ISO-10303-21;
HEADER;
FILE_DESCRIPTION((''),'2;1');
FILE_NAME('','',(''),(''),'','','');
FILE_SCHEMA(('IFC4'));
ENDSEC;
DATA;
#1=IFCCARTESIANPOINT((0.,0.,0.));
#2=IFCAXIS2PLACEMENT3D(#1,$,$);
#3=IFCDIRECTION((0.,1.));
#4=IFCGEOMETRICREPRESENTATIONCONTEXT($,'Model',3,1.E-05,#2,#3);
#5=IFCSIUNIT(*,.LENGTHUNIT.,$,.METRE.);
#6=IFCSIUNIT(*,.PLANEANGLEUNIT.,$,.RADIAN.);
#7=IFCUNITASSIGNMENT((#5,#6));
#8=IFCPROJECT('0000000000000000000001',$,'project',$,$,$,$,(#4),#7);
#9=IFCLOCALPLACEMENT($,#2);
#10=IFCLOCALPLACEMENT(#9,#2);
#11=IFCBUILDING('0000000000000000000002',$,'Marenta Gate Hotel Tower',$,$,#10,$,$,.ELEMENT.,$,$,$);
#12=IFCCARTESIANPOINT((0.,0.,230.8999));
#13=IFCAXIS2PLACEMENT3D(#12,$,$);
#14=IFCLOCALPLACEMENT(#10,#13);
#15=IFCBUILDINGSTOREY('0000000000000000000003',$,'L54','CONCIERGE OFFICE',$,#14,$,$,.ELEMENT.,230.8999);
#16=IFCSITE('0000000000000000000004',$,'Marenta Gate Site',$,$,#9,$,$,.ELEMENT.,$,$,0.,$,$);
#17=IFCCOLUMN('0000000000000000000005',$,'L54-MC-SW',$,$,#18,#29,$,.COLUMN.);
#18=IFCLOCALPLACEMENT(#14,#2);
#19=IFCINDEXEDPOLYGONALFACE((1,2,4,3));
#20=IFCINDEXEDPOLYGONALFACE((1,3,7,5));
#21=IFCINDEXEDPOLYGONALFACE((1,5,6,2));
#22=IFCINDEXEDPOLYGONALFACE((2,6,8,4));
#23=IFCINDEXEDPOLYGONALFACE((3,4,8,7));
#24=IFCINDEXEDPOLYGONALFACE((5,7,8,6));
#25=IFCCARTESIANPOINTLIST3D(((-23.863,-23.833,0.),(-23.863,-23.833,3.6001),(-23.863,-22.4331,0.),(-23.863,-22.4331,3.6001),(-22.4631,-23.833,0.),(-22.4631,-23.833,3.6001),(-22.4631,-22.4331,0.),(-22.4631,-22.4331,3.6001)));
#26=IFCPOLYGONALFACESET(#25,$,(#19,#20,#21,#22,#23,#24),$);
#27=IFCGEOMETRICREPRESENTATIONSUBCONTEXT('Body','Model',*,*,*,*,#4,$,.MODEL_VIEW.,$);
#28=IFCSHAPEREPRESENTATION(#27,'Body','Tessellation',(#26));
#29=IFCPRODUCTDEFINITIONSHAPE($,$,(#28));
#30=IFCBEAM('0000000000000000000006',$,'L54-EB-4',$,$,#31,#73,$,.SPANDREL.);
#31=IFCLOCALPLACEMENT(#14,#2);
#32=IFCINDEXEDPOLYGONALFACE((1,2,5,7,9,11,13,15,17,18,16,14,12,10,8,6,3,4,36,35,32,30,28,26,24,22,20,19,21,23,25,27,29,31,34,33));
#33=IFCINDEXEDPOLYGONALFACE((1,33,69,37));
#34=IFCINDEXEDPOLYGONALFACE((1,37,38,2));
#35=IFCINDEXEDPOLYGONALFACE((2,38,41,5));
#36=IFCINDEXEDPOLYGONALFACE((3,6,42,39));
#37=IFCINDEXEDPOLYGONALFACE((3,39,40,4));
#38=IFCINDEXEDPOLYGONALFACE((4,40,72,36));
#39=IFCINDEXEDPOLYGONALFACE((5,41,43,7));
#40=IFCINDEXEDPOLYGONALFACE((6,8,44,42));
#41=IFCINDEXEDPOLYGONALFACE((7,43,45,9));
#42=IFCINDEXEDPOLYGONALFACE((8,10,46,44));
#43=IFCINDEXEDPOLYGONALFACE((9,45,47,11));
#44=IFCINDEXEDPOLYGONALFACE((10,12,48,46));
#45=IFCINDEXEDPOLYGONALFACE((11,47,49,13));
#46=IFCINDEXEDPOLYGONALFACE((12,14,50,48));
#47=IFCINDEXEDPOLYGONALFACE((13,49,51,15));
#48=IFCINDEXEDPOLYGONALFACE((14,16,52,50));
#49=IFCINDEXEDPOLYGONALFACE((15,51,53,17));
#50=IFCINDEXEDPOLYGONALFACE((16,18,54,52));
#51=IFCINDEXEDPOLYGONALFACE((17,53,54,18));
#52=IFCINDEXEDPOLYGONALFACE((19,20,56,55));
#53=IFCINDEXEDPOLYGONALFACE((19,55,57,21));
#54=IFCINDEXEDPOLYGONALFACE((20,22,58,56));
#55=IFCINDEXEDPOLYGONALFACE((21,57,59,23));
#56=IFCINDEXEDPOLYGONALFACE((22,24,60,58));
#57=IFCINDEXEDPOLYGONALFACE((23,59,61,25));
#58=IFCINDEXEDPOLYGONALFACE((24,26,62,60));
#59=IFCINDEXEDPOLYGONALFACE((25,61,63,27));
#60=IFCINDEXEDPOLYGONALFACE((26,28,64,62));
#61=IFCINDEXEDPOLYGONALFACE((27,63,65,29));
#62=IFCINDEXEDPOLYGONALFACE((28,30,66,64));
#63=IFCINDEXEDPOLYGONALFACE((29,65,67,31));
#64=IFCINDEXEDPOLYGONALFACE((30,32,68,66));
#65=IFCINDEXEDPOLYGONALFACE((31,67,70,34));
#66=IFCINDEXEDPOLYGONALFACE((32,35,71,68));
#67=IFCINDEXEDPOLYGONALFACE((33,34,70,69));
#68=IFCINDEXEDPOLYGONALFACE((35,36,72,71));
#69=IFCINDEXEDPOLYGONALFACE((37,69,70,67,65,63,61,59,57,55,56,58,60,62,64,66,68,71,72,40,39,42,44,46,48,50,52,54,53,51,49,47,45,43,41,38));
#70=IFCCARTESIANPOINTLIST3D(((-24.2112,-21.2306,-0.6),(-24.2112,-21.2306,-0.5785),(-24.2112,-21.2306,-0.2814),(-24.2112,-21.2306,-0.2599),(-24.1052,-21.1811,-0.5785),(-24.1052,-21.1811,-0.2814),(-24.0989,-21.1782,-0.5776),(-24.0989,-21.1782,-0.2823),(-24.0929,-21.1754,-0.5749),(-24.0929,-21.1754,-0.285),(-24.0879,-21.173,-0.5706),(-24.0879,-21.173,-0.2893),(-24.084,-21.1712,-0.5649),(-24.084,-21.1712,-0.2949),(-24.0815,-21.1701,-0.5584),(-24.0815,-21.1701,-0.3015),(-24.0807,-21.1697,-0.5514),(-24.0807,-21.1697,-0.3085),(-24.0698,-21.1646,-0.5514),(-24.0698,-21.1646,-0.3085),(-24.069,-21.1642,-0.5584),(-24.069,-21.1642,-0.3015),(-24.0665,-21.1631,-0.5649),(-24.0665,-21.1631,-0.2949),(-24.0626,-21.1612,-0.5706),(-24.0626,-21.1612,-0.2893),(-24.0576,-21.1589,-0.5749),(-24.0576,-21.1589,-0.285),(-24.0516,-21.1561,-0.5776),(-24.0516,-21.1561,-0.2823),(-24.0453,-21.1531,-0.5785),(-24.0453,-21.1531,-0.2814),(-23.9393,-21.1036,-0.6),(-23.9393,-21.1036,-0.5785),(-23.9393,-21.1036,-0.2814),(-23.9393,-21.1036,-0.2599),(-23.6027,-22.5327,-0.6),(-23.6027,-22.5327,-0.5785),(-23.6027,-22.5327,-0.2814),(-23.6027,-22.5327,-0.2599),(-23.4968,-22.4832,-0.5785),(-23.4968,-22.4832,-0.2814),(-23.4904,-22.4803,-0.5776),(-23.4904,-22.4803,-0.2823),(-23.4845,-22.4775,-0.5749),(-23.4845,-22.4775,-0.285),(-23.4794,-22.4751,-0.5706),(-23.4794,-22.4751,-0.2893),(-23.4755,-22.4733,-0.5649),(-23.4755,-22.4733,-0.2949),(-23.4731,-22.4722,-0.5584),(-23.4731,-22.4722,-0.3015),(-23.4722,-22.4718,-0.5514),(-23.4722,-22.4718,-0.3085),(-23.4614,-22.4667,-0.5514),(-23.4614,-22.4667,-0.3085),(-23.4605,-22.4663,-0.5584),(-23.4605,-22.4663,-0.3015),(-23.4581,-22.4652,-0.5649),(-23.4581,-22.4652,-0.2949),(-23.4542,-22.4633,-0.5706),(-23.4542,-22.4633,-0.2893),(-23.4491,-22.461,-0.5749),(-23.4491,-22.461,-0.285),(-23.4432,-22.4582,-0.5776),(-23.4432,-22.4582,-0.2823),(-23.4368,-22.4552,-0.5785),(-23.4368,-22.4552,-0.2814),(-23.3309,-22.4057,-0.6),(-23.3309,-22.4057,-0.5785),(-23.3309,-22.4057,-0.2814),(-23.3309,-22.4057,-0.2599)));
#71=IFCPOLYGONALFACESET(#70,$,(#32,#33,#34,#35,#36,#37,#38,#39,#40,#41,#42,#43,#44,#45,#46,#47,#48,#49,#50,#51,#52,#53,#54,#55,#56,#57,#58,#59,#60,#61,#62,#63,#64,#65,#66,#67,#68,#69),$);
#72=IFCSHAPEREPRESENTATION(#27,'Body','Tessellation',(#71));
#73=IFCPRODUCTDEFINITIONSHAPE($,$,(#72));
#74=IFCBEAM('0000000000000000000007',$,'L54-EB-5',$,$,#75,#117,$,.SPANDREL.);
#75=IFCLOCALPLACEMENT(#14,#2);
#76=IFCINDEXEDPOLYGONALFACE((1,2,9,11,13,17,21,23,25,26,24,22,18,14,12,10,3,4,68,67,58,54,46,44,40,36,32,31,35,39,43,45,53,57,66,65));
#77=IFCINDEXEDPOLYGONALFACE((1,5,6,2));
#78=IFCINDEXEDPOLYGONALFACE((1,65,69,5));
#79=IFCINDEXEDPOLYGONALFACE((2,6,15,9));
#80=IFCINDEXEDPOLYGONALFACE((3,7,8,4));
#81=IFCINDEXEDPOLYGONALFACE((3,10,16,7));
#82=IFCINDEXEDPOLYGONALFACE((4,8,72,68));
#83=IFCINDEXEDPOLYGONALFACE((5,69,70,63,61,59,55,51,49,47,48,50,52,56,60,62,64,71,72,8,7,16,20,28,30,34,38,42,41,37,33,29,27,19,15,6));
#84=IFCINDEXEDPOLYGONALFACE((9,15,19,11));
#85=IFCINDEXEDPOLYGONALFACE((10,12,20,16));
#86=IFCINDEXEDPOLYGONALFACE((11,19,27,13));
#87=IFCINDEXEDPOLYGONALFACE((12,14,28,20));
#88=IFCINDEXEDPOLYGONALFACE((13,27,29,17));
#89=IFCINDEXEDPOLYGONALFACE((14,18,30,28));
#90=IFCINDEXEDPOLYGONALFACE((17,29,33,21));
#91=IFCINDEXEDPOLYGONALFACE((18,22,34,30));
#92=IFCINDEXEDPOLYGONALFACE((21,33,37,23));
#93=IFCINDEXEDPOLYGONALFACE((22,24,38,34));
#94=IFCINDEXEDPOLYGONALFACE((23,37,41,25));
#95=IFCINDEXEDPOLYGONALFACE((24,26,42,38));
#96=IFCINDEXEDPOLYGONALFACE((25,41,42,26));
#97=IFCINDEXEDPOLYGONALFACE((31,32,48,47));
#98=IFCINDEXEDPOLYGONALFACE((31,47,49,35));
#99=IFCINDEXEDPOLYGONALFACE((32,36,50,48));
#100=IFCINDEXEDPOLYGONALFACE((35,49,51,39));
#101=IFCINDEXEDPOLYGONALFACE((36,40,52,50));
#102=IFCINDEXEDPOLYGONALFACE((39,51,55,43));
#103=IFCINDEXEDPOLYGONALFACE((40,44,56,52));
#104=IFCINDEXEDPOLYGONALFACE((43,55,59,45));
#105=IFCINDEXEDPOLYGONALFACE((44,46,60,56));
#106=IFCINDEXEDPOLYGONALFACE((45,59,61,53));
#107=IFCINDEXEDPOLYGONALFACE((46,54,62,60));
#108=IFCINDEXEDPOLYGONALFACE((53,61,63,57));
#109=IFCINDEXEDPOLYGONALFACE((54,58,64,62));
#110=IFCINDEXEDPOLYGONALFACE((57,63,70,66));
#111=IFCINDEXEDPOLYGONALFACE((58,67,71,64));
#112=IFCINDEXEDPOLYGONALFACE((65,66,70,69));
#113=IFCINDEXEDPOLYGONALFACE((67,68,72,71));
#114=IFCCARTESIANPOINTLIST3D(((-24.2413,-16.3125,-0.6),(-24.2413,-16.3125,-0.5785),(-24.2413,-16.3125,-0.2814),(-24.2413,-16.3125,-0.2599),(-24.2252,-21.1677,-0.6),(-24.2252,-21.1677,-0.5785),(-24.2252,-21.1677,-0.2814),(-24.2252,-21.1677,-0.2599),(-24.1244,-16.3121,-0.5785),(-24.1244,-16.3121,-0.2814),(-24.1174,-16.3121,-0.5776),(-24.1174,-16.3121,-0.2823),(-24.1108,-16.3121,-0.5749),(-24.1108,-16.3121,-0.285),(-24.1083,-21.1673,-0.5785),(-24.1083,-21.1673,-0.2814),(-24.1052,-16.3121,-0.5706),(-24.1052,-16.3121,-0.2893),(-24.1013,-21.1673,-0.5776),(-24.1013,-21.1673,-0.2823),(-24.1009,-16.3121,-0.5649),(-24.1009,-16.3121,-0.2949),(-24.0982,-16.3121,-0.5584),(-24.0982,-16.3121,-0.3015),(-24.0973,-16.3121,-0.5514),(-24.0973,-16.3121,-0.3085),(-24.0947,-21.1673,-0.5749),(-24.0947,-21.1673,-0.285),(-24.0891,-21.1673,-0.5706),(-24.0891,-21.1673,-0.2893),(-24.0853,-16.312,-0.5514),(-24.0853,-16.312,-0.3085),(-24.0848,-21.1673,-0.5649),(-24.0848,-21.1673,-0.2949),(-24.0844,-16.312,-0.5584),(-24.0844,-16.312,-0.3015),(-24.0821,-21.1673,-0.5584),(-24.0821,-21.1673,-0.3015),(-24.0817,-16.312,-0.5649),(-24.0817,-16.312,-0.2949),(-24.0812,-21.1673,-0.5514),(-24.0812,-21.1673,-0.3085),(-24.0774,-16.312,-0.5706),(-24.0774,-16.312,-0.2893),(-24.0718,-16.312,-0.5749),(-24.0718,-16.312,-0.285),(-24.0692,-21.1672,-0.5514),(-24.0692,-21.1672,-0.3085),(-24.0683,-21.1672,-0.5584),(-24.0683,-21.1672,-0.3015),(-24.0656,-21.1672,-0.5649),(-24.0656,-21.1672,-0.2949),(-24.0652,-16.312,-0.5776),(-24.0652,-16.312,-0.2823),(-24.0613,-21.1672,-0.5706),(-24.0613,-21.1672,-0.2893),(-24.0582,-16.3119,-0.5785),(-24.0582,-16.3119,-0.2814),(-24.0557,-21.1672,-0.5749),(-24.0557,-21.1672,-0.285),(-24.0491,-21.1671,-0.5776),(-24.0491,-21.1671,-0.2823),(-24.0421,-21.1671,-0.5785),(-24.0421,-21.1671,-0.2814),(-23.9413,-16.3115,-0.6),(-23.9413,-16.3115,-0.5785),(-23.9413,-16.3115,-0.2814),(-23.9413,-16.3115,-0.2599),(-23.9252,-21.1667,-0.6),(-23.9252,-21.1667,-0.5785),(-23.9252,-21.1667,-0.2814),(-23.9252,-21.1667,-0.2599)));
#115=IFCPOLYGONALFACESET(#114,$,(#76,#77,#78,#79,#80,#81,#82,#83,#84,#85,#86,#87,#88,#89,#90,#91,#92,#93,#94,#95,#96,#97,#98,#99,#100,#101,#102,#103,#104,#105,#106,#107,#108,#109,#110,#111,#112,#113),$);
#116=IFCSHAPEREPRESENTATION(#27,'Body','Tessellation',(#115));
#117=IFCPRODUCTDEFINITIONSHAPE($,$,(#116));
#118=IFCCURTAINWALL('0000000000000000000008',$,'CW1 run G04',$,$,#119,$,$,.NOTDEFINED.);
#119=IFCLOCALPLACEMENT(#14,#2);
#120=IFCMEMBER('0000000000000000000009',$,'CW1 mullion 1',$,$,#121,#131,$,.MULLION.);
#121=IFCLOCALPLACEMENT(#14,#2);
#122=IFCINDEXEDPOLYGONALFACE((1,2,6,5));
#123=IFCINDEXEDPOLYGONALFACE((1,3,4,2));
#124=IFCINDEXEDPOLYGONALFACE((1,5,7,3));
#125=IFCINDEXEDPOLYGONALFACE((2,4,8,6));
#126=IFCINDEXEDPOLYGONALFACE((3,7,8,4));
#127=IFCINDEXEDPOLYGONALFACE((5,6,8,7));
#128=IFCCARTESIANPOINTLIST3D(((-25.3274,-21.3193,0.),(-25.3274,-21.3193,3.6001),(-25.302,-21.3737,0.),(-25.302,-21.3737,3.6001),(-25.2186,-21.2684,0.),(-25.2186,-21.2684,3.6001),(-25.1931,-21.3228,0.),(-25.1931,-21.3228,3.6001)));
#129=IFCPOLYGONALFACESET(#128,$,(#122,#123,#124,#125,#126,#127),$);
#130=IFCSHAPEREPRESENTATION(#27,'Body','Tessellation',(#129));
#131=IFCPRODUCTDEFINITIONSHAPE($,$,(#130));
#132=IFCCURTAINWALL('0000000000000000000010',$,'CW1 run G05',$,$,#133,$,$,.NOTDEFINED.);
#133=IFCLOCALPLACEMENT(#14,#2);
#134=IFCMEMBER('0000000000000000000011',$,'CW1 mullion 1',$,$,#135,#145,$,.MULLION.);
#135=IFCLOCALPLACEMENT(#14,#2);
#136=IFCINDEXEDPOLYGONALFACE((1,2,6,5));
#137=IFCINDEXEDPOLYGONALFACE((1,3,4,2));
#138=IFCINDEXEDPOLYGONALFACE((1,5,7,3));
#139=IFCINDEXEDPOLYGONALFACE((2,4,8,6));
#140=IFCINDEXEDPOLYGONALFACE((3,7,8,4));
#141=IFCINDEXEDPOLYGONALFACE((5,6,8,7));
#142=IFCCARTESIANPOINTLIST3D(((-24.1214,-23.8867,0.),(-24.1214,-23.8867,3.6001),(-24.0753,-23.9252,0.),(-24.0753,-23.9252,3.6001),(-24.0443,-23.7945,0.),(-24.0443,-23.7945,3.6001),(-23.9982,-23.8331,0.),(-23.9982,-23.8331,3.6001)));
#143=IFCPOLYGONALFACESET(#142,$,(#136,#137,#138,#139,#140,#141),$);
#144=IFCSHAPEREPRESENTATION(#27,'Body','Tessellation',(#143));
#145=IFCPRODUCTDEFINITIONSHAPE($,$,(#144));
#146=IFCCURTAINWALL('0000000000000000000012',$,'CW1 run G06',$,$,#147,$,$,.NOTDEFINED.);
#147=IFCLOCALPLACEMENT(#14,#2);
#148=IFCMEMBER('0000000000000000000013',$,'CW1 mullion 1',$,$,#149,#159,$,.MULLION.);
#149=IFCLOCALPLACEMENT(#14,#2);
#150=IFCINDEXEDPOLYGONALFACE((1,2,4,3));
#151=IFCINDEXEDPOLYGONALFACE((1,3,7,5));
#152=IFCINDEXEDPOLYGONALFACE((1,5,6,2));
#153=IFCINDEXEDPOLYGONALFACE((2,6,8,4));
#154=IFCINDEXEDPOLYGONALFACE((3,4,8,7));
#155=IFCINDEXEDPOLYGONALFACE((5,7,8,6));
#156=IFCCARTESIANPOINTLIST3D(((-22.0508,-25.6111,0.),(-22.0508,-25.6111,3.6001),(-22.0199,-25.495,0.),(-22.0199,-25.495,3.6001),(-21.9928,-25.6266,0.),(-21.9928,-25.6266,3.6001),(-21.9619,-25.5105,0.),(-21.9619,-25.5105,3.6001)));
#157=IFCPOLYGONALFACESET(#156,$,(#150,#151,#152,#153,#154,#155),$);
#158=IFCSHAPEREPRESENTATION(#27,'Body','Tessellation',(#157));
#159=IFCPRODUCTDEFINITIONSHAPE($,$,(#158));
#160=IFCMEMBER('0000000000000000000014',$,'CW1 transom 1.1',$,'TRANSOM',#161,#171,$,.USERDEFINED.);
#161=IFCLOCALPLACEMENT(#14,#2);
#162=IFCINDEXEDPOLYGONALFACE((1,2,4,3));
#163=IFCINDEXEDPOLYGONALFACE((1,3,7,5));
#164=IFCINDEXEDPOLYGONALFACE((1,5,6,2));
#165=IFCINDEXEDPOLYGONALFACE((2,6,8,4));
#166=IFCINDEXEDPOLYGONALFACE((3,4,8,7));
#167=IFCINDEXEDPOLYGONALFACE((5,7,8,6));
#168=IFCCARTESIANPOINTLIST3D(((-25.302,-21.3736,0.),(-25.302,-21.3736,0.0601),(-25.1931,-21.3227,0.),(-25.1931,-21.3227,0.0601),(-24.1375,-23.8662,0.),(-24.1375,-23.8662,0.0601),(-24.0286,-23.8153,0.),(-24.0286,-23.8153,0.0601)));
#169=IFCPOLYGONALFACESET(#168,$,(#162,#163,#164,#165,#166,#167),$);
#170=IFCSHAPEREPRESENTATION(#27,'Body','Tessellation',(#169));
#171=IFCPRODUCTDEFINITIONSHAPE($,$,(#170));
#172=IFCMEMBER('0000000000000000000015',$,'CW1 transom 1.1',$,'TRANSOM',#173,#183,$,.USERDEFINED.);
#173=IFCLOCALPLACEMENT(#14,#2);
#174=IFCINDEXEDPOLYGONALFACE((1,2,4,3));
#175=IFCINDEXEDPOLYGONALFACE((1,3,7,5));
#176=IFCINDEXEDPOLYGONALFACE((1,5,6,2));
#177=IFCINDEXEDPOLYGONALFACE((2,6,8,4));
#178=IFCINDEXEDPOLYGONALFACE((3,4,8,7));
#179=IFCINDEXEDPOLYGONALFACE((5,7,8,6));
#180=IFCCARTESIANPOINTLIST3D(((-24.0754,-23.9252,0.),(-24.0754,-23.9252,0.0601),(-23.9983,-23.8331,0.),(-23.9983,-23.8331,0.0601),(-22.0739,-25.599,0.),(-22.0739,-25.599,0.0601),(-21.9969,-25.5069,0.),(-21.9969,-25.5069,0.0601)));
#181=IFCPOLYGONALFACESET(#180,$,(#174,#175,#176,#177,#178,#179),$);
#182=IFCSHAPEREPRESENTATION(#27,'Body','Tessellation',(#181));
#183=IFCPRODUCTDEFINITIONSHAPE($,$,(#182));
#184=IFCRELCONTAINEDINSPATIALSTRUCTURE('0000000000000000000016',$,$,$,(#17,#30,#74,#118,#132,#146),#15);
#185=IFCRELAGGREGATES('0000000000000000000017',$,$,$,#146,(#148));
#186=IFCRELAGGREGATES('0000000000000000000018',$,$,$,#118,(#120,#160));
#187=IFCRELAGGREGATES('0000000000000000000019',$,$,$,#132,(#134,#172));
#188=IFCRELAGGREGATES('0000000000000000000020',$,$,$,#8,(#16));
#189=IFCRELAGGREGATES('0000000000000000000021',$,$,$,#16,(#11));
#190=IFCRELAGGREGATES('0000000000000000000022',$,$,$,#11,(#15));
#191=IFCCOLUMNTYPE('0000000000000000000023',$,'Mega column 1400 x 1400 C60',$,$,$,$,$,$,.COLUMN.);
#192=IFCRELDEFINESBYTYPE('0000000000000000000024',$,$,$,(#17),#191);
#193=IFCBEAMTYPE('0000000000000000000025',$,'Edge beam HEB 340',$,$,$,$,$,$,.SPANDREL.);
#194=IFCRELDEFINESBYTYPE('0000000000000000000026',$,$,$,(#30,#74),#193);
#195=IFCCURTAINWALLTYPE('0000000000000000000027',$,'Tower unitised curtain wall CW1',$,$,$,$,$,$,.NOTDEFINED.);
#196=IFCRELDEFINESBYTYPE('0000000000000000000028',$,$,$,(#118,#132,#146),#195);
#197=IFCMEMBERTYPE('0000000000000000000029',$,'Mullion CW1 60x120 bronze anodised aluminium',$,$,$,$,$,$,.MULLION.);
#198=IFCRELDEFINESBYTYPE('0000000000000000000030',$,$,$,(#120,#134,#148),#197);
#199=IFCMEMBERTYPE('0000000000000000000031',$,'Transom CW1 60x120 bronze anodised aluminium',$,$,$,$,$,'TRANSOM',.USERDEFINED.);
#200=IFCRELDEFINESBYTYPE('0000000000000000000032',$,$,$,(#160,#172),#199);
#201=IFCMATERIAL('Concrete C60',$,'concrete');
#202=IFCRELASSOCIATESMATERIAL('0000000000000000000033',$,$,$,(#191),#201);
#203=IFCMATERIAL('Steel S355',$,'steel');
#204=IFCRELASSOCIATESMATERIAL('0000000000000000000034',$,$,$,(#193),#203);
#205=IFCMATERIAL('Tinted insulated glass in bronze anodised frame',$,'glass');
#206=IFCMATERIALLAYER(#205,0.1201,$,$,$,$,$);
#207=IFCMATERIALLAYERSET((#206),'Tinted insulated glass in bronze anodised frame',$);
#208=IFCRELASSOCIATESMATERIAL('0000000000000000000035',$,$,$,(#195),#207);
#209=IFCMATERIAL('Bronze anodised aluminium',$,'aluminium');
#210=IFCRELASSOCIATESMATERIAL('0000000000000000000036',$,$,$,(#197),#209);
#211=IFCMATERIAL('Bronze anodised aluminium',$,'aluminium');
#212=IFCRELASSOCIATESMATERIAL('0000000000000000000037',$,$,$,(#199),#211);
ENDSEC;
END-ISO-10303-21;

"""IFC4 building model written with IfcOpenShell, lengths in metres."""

from ifc_helpers import new_model, si_unit, direction, frame, origin, origin_2d, place, context, subcontext, project, spatial, rectangle, i_section, extrude, material, layer, layer_set, material_profile, profile_set, type_object, element, aggregate, save


model = new_model("IFC4")

# Units and contexts
model_context = context("Model", 3, precision=1e-05, world=origin(), true_north=direction((0.0, 1.0)))
body_context = subcontext(model_context, "Body", "Model", "MODEL_VIEW")
ifc_project = project(units=[si_unit("LENGTHUNIT", "METRE"), si_unit("PLANEANGLEUNIT", "RADIAN")], contexts=[model_context])

# Site, building, storey
site_placement = place(None, origin())
site = spatial("IfcSite", under=ifc_project, at=site_placement, Name="Marenta Gate Site", CompositionType="ELEMENT", RefElevation=0.0)
building_placement = place(site_placement, origin())
building = spatial("IfcBuilding", under=site, at=building_placement, Name="Marenta Gate Hotel Tower", CompositionType="ELEMENT")
storey_placement = place(building_placement, frame((0.0, 0.0, 230.8999)))
storey = spatial("IfcBuildingStorey", under=building, at=storey_placement, Name="L54", Description="CONCIERGE OFFICE", CompositionType="ELEMENT", Elevation=230.8999)

# Column
ifc_material_1 = material(Name="Concrete C60", Category="concrete")
ifc_material_profile_1 = material_profile(ifc_material_1, rectangle(XDim=1.3999, YDim=1.3999, at=origin_2d()), Name="1400 x 1400")
ifc_profile_set_1 = profile_set([ifc_material_profile_1], Name="Concrete C60")
column_type = type_object("IfcColumnType", Name="Mega column 1400 x 1400 C60", PredefinedType="COLUMN", material=ifc_profile_set_1)
column_placement = place(storey_placement, frame((-23.1631, -23.1331, 0.0), z_axis=(0.0, 0.0, 1.0), x_axis=(1.0, 0.0, 0.0)))
element("IfcColumn", 1, at=column_placement, inside=storey, type_object=column_type, Name="L54-MC-SW", PredefinedType="COLUMN", context=body_context, shape_type="SweptSolid", body=[
    extrude(rectangle(XDim=1.3999, YDim=1.3999, at=origin_2d()), origin(), (0.0, 0.0, 1.0), 3.6001),
])

# Beams
ifc_material_2 = material(Name="Steel S355", Category="steel")
ifc_material_profile_2 = material_profile(ifc_material_2, i_section(OverallWidth=0.3, OverallDepth=0.3401, WebThickness=0.012, FlangeThickness=0.0215, FilletRadius=0.0271, at=origin_2d()), Name="HEB 340")
ifc_profile_set_2 = profile_set([ifc_material_profile_2], Name="Steel S355")
beam_type = type_object("IfcBeamType", Name="Edge beam HEB 340", PredefinedType="SPANDREL", material=ifc_profile_set_2)
beam_1_placement = place(storey_placement, frame((-23.4668, -22.4692, -0.4299), z_axis=(-0.423341, 0.90597, 0.0), x_axis=(-0.90597, -0.423341, 0.0)))
element("IfcBeam", 2, at=beam_1_placement, inside=storey, type_object=beam_type, Name="L54-EB-4", PredefinedType="SPANDREL", context=body_context, shape_type="SweptSolid", body=[
    extrude(i_section(OverallWidth=0.3, OverallDepth=0.3401, WebThickness=0.012, FlangeThickness=0.0215, FilletRadius=0.0271, at=origin_2d()), origin(), (0.0, 0.0, 1.0), 1.4373),
])
beam_2_placement = place(storey_placement, frame((-24.0752, -21.1672, -0.4299), z_axis=(-0.003319, 0.999994, 0.0), x_axis=(-0.999994, -0.003319, 0.0)))
element("IfcBeam", 3, at=beam_2_placement, inside=storey, type_object=beam_type, Name="L54-EB-5", PredefinedType="SPANDREL", context=body_context, shape_type="SweptSolid", body=[
    extrude(i_section(OverallWidth=0.3, OverallDepth=0.3401, WebThickness=0.012, FlangeThickness=0.0215, FilletRadius=0.0271, at=origin_2d()), origin(), (0.0, 0.0, 1.0), 4.8552),
])

# Curtain walls, members
ifc_material_3 = material(Name="Tinted insulated glass in bronze anodised frame", Category="glass")
ifc_layer_1 = layer(ifc_material_3, 0.1201)
ifc_layer_set_1 = layer_set([ifc_layer_1], Name="Tinted insulated glass in bronze anodised frame")
curtain_wall_type = type_object("IfcCurtainWallType", Name="Tower unitised curtain wall CW1", PredefinedType="NOTDEFINED", material=ifc_layer_set_1)
curtain_wall_1_placement = place(storey_placement, origin())
curtain_wall_1 = element("IfcCurtainWall", 4, at=curtain_wall_1_placement, inside=storey, type_object=curtain_wall_type, Name="CW1 run G04", PredefinedType="NOTDEFINED")
ifc_material_4 = material(Name="Bronze anodised aluminium", Category="aluminium")
ifc_material_profile_3 = material_profile(ifc_material_4, rectangle(XDim=0.1201, YDim=0.0601, at=origin_2d()), Name="Mullion CW1 60x120 bronze anodised aluminium")
ifc_profile_set_3 = profile_set([ifc_material_profile_3], Name="Bronze anodised aluminium")
member_type_1 = type_object("IfcMemberType", Name="Mullion CW1 60x120 bronze anodised aluminium", PredefinedType="MULLION", material=ifc_profile_set_3)
member_1_placement = place(storey_placement, frame((-25.2603, -21.321, 0.0), z_axis=(0.0, 0.0, 1.0), x_axis=(0.905972, 0.423337, 0.0)))
member_1 = element("IfcMember", 5, at=member_1_placement, type_object=member_type_1, Name="CW1 mullion 1", PredefinedType="MULLION", context=body_context, shape_type="SweptSolid", body=[
    extrude(rectangle(XDim=0.1201, YDim=0.0601, at=origin_2d()), origin(), (0.0, 0.0, 1.0), 3.6001),
])
curtain_wall_2_placement = place(storey_placement, origin())
curtain_wall_2 = element("IfcCurtainWall", 6, at=curtain_wall_2_placement, inside=storey, type_object=curtain_wall_type, Name="CW1 run G05", PredefinedType="NOTDEFINED")
member_2_placement = place(storey_placement, frame((-24.0598, -23.8599, 0.0), z_axis=(0.0, 0.0, 1.0), x_axis=(0.641525, 0.767102, 0.0)))
member_2 = element("IfcMember", 7, at=member_2_placement, type_object=member_type_1, Name="CW1 mullion 1", PredefinedType="MULLION", context=body_context, shape_type="SweptSolid", body=[
    extrude(rectangle(XDim=0.1201, YDim=0.0601, at=origin_2d()), origin(), (0.0, 0.0, 1.0), 3.6001),
])
curtain_wall_3_placement = place(storey_placement, origin())
curtain_wall_3 = element("IfcCurtainWall", 8, at=curtain_wall_3_placement, inside=storey, type_object=curtain_wall_type, Name="CW1 run G06", PredefinedType="NOTDEFINED")
member_3_placement = place(storey_placement, frame((-22.0063, -25.5608, 0.0), z_axis=(0.0, 0.0, 1.0), x_axis=(0.257139, 0.966374, 0.0)))
member_3 = element("IfcMember", 9, at=member_3_placement, type_object=member_type_1, Name="CW1 mullion 1", PredefinedType="MULLION", context=body_context, shape_type="SweptSolid", body=[
    extrude(rectangle(XDim=0.1201, YDim=0.0601, at=origin_2d()), origin(), (0.0, 0.0, 1.0), 3.6001),
])
aggregate(curtain_wall_3, [member_3])

# Members
ifc_material_5 = material(Name="Bronze anodised aluminium", Category="aluminium")
ifc_material_profile_4 = material_profile(ifc_material_5, rectangle(XDim=0.1201, YDim=0.0601, at=origin_2d()), Name="Transom CW1 60x120 bronze anodised aluminium")
ifc_profile_set_4 = profile_set([ifc_material_profile_4], Name="Bronze anodised aluminium")
member_type_2 = type_object("IfcMemberType", Name="Transom CW1 60x120 bronze anodised aluminium", ElementType="TRANSOM", PredefinedType="USERDEFINED", material=ifc_profile_set_4)
member_4_placement = place(storey_placement, frame((-25.2476, -21.3481, 0.03), z_axis=(0.423274, -0.906002, 0.0), x_axis=(0.906002, 0.423274, 0.0)))
member_4 = element("IfcMember", 10, at=member_4_placement, type_object=member_type_2, Name="CW1 transom 1.1", ObjectType="TRANSOM", PredefinedType="USERDEFINED", context=body_context, shape_type="SweptSolid", body=[
    extrude(rectangle(XDim=0.1201, YDim=0.0601, at=origin_2d()), origin(), (0.0, 0.0, 1.0), 2.7512),
])
member_5_placement = place(storey_placement, frame((-24.0369, -23.8792, 0.03), z_axis=(0.7671, -0.641527, 0.0), x_axis=(0.641527, 0.7671, 0.0)))
member_5 = element("IfcMember", 11, at=member_5_placement, type_object=member_type_2, Name="CW1 transom 1.1", ObjectType="TRANSOM", PredefinedType="USERDEFINED", context=body_context, shape_type="SweptSolid", body=[
    extrude(rectangle(XDim=0.1201, YDim=0.0601, at=origin_2d()), origin(), (0.0, 0.0, 1.0), 2.6091),
])

aggregate(curtain_wall_1, [member_1, member_4])
aggregate(curtain_wall_2, [member_2, member_5])

save(model, "model.ifc")
